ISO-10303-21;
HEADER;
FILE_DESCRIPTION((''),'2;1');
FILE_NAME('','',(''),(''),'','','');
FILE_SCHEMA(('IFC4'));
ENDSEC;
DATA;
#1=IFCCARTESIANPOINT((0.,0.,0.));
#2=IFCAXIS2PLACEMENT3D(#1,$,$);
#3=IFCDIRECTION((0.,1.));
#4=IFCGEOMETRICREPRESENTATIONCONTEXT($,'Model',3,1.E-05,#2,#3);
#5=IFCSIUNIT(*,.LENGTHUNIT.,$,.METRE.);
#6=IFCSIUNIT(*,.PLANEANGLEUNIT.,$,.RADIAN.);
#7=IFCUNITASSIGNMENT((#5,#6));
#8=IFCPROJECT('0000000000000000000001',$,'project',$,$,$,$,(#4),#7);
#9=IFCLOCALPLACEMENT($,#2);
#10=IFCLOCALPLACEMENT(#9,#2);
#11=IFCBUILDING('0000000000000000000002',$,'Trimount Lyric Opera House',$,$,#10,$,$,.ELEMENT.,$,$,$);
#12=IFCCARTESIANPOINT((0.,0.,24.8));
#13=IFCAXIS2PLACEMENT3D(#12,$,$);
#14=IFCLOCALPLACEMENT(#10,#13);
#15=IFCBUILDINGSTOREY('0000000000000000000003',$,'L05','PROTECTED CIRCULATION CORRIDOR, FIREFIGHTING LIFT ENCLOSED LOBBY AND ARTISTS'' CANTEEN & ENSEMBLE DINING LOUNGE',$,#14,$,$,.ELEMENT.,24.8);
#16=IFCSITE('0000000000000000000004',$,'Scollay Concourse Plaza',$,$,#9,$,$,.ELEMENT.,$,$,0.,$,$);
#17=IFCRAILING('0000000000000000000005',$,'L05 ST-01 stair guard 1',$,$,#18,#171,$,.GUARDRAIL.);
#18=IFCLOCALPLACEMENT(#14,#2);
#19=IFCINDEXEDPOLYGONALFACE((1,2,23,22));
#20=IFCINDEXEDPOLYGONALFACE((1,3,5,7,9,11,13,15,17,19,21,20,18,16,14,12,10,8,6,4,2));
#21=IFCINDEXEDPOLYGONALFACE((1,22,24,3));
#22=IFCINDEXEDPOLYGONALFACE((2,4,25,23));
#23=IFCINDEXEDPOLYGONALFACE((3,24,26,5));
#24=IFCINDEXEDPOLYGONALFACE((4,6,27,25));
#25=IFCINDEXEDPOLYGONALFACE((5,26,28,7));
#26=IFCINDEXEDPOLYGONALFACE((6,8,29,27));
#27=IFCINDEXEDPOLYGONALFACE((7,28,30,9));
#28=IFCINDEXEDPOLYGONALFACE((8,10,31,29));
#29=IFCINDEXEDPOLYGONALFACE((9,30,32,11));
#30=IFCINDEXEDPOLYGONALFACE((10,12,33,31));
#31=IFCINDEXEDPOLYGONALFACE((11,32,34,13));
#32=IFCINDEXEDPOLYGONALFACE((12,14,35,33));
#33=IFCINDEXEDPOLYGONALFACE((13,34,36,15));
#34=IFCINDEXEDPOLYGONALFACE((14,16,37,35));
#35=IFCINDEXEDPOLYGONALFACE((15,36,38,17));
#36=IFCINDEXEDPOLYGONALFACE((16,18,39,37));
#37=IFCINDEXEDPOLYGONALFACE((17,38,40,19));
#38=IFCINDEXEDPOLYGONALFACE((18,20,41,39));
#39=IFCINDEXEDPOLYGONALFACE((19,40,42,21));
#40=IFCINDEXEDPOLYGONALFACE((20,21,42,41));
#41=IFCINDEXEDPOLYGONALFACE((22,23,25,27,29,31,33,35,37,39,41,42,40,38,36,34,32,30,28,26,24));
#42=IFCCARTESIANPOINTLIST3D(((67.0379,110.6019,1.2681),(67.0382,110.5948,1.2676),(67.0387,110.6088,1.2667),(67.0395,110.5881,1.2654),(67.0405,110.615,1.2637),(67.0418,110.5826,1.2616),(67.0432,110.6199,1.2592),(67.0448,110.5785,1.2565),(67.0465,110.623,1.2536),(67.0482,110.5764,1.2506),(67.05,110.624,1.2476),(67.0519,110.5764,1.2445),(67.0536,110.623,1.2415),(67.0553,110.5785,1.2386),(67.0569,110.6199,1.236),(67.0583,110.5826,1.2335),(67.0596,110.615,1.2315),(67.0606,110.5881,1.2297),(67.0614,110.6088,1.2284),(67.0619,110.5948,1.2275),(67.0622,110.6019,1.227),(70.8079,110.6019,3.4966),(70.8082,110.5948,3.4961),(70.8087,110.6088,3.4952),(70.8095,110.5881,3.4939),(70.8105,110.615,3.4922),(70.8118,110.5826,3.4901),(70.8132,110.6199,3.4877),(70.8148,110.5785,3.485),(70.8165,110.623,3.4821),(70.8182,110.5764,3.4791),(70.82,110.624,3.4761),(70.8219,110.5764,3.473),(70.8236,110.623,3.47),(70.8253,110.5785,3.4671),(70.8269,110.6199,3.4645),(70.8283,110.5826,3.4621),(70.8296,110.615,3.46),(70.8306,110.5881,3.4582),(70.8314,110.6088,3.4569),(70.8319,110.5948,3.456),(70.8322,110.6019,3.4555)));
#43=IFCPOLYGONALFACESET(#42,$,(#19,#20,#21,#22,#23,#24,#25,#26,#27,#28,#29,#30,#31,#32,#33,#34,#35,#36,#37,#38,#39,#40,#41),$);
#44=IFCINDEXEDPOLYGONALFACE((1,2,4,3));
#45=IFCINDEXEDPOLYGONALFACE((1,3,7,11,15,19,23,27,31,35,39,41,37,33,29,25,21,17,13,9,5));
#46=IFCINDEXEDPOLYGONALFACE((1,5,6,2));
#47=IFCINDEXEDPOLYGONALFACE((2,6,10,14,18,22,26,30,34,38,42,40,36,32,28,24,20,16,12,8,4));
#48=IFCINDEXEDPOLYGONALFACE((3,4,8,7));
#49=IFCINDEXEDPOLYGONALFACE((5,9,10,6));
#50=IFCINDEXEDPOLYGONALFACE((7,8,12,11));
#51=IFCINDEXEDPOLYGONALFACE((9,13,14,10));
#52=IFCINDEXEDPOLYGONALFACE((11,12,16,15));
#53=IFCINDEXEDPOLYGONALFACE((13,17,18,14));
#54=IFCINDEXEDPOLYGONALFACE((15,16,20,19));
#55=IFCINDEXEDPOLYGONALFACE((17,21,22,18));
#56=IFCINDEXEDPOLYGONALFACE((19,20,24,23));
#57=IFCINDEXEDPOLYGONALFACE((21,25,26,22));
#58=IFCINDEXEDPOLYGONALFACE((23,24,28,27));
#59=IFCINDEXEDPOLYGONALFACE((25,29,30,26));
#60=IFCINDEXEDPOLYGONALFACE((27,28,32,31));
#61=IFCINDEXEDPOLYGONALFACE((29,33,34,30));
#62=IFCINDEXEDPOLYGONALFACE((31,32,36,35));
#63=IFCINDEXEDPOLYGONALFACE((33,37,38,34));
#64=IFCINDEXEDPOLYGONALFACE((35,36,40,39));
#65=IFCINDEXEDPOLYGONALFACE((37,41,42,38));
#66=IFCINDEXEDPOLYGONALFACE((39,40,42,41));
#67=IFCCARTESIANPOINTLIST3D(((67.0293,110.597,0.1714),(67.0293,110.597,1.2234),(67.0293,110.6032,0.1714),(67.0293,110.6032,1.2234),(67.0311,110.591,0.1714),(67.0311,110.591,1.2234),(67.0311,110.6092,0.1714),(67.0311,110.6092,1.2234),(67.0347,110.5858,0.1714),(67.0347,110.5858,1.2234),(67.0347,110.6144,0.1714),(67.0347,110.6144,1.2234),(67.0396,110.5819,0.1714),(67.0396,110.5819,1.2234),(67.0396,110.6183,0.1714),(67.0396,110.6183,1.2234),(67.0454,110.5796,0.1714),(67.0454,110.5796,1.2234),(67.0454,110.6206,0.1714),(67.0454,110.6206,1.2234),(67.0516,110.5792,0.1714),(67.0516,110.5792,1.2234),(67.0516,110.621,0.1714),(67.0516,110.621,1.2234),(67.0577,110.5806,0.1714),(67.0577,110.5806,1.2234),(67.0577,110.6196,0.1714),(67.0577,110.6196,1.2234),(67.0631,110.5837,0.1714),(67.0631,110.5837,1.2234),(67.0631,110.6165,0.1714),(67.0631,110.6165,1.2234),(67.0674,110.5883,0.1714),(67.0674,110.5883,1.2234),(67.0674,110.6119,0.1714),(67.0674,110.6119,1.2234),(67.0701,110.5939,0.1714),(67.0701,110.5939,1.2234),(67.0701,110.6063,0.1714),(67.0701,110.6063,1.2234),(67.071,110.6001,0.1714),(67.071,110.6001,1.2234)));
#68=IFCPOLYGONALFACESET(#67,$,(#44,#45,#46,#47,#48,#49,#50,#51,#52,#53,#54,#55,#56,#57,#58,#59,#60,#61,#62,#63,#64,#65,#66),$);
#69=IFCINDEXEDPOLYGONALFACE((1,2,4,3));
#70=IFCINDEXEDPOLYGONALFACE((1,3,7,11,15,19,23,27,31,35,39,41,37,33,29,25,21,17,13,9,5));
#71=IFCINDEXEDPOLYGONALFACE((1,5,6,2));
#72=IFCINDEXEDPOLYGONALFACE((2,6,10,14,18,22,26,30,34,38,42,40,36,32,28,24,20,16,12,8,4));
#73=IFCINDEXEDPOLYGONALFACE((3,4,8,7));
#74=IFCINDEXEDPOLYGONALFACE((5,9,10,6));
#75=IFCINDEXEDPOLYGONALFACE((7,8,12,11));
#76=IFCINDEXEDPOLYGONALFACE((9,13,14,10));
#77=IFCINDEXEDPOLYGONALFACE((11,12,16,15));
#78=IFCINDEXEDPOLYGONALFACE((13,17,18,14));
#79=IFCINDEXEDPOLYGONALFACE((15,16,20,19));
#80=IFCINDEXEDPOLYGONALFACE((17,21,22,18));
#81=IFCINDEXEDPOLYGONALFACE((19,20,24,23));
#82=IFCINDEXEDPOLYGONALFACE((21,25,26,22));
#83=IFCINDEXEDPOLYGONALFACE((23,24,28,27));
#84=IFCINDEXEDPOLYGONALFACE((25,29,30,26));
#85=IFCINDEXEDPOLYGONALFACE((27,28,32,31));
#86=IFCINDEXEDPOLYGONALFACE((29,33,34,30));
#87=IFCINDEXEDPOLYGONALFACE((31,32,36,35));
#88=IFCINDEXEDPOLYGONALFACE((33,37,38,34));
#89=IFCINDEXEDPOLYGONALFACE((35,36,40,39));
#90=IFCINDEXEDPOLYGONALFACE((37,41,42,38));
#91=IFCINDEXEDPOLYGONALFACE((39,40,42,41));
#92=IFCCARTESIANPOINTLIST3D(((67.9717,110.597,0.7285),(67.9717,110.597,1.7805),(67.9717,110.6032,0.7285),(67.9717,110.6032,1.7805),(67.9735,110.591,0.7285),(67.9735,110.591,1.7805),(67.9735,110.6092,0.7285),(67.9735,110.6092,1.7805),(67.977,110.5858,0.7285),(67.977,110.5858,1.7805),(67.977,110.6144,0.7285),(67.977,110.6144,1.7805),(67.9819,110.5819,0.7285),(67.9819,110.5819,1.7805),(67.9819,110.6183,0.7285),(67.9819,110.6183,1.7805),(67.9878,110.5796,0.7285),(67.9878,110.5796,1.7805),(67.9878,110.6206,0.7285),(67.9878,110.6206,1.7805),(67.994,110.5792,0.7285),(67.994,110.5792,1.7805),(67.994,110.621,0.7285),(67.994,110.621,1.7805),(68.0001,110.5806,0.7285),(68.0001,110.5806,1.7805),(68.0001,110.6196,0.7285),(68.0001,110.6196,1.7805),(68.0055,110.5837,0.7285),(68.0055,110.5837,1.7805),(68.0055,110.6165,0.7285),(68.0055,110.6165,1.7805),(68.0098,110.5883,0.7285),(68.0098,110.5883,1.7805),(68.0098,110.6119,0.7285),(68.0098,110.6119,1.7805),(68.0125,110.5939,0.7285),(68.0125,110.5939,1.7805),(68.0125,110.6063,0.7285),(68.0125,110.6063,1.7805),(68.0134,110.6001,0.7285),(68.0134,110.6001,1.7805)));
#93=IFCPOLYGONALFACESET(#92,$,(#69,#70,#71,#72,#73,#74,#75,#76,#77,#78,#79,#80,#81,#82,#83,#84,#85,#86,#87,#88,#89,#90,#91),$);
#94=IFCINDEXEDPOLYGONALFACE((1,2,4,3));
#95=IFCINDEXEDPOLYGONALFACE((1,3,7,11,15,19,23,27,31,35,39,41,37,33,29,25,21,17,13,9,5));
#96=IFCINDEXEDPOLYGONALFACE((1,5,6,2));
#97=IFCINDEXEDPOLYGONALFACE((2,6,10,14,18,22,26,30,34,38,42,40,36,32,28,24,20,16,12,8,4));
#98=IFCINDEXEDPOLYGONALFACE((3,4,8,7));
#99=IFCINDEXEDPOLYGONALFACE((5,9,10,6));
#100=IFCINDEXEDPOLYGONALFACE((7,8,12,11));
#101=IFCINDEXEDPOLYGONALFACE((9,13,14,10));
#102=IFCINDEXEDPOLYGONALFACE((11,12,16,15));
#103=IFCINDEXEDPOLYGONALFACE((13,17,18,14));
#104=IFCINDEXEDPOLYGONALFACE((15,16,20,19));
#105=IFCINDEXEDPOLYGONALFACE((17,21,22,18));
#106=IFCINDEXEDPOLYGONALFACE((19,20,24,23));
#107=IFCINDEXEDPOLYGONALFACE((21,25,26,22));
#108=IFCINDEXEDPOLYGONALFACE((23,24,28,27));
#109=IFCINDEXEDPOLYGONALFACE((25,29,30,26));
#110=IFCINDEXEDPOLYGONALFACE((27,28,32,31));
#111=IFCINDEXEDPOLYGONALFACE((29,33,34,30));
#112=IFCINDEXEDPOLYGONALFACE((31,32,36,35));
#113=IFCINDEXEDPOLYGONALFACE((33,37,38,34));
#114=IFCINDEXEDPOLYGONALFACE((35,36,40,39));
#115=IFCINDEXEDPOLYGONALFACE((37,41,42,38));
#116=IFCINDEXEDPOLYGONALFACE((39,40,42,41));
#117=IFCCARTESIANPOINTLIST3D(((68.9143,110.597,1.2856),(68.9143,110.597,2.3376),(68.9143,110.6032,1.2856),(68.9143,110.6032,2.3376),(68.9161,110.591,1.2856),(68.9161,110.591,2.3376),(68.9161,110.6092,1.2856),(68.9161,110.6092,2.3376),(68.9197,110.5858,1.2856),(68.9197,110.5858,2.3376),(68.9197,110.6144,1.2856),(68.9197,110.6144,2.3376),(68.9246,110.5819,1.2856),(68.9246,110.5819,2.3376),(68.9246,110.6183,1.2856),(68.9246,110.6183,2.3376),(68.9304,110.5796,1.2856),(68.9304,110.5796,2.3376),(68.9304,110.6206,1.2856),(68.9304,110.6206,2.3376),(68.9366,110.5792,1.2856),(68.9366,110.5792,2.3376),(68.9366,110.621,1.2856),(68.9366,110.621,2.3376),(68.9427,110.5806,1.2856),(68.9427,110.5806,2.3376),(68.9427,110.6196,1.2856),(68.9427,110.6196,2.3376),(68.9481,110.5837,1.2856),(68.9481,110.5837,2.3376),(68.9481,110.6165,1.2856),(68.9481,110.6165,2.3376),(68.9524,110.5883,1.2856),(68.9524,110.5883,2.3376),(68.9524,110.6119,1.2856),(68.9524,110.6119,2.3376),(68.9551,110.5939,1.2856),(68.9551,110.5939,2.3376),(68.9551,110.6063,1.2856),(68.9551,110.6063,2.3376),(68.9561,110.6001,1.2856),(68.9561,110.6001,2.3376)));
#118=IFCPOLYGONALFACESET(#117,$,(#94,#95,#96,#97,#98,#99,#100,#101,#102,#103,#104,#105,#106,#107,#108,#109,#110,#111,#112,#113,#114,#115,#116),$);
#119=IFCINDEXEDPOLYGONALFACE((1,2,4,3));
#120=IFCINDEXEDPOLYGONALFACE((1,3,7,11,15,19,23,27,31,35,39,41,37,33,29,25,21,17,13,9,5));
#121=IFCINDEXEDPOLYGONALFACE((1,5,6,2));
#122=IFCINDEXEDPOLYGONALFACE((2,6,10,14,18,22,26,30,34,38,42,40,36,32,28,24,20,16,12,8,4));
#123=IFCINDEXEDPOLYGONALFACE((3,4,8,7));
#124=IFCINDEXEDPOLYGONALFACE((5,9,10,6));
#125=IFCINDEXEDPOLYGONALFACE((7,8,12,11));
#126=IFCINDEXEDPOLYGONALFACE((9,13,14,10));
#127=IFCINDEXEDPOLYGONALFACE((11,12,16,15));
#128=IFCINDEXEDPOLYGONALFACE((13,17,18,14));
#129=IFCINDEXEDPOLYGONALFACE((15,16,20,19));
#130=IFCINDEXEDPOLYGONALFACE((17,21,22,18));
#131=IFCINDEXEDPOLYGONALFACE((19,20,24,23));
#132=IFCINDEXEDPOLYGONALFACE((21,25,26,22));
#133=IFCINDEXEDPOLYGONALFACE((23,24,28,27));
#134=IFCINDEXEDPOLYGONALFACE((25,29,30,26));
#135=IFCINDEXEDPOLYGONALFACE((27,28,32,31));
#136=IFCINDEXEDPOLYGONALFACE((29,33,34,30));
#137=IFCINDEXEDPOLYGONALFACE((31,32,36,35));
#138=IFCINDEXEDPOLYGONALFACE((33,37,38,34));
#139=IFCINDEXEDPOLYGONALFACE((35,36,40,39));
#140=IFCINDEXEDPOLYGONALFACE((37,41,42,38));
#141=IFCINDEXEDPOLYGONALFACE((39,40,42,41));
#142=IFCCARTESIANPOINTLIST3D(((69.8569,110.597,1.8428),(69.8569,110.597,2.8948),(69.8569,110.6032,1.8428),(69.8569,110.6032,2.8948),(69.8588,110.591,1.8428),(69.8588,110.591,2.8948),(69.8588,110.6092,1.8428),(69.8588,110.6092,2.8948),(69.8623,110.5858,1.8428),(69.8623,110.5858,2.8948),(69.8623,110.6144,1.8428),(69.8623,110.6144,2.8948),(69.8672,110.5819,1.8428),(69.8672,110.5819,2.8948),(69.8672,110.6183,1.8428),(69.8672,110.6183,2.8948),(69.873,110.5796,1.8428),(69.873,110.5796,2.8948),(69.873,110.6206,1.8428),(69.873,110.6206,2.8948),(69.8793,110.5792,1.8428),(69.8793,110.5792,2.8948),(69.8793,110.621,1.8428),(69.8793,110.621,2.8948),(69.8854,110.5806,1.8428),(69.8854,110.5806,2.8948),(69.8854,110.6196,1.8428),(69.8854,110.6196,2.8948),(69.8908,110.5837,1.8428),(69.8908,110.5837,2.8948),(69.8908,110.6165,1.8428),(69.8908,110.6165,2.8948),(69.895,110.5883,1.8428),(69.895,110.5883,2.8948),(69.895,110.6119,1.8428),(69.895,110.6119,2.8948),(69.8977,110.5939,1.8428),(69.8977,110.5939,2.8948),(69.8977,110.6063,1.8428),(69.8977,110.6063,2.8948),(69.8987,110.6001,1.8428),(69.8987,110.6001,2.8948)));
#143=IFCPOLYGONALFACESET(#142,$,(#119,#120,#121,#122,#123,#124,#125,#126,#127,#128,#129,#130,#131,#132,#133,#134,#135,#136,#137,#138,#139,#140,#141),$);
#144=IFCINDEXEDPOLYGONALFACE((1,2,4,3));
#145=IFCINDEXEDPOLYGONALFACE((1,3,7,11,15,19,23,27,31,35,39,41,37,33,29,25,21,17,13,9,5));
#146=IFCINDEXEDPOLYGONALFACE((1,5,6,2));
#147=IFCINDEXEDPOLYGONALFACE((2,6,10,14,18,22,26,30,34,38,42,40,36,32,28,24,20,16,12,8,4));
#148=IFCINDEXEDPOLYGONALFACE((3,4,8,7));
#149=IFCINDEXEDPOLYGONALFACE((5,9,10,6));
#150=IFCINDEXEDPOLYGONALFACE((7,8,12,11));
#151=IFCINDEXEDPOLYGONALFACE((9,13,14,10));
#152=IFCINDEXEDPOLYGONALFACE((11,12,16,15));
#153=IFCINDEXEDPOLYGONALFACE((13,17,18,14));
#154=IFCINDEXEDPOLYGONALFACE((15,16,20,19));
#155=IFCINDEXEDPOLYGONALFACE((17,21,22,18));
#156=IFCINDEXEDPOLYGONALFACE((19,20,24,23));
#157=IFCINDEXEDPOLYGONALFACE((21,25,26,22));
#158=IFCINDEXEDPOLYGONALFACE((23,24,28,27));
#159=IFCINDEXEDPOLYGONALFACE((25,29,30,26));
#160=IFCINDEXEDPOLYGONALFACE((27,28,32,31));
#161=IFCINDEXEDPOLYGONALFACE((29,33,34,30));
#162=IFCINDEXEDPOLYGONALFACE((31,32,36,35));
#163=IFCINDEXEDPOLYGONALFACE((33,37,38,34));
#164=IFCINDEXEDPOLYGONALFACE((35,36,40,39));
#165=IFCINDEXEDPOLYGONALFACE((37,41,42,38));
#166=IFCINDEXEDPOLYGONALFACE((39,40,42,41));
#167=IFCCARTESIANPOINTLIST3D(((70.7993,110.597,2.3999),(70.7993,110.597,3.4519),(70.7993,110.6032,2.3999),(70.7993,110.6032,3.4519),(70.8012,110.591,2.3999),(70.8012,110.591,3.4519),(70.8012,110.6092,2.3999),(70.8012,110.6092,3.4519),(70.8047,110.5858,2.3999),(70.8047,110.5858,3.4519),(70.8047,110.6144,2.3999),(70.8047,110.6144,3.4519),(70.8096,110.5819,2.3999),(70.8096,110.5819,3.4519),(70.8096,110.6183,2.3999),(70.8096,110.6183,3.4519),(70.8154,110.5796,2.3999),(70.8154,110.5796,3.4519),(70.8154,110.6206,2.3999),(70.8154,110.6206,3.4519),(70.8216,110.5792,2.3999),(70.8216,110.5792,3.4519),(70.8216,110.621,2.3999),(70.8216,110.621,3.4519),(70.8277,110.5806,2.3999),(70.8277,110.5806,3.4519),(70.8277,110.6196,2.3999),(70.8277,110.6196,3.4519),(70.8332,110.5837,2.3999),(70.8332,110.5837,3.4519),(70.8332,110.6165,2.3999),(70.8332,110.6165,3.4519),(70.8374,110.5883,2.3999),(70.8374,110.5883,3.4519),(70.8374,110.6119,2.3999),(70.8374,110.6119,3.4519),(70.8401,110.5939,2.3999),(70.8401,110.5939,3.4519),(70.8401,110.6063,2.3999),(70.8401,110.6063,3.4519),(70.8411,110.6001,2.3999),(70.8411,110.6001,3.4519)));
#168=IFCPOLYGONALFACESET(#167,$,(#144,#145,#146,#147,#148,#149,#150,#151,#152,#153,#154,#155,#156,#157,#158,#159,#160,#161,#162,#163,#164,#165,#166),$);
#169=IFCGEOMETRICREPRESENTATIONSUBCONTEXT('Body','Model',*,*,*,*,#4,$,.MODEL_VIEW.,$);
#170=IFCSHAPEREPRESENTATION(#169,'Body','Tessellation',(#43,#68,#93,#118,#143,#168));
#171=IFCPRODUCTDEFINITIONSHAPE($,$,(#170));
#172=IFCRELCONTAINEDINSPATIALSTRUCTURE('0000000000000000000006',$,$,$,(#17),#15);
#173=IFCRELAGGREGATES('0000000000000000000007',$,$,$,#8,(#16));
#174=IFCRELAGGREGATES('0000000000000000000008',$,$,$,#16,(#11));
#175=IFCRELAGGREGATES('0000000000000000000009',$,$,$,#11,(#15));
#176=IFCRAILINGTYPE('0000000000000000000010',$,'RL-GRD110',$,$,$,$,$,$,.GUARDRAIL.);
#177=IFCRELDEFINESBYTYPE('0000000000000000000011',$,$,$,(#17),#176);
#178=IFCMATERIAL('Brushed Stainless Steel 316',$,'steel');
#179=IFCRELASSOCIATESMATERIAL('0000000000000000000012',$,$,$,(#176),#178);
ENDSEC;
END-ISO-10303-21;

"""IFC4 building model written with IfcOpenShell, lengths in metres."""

from ifc_helpers import new_model, si_unit, direction, frame, origin, origin_2d, place, context, subcontext, project, spatial, circle, extrude, material, type_object, element, save


model = new_model("IFC4")

# Units and contexts
model_context = context("Model", 3, precision=1e-05, world=origin(), true_north=direction((0.0, 1.0)))
body_context = subcontext(model_context, "Body", "Model", "MODEL_VIEW")
ifc_project = project(units=[si_unit("LENGTHUNIT", "METRE"), si_unit("PLANEANGLEUNIT", "RADIAN")], contexts=[model_context])

# Site, building, storey
site_placement = place(None, origin())
site = spatial("IfcSite", under=ifc_project, at=site_placement, Name="Scollay Concourse Plaza", CompositionType="ELEMENT", RefElevation=0.0)
building_placement = place(site_placement, origin())
building = spatial("IfcBuilding", under=site, at=building_placement, Name="Trimount Lyric Opera House", CompositionType="ELEMENT")
storey_placement = place(building_placement, frame((0.0, 0.0, 24.8)))
storey = spatial("IfcBuildingStorey", under=building, at=storey_placement, Name="L05", Description="PROTECTED CIRCULATION CORRIDOR, FIREFIGHTING LIFT ENCLOSED LOBBY AND ARTISTS' CANTEEN & ENSEMBLE DINING LOUNGE", CompositionType="ELEMENT", Elevation=24.8)

# Railing
ifc_material_1 = material(Name="Brushed Stainless Steel 316", Category="steel")
railing_type_1 = type_object("IfcRailingType", Name="RL-GRD110", PredefinedType="GUARDRAIL", material=ifc_material_1)
railing_1_placement = place(storey_placement, frame((67.05, 110.6001, 0.1714)))
element("IfcRailing", 1, at=railing_1_placement, inside=storey, type_object=railing_type_1, Name="L05 ST-01 stair guard 1", PredefinedType="GUARDRAIL", context=body_context, shape_type="SweptSolid", body=[
    extrude(circle(Radius=0.0239, at=origin_2d()), frame((0.0, 0.0, 1.0762), z_axis=(0.860849, 0.0, 0.508861), x_axis=(0.0, 1.0, 0.0)), (0.0, 0.0, 1.0), 4.3794),
    extrude(circle(Radius=0.021, at=origin_2d()), origin(), (0.0, 0.0, 1.0), 1.052),
    extrude(circle(Radius=0.021, at=origin_2d()), frame((0.9424, 0.0, 0.5571)), (0.0, 0.0, 1.0), 1.052),
    extrude(circle(Radius=0.021, at=origin_2d()), frame((1.885, 0.0, 1.1143)), (0.0, 0.0, 1.0), 1.052),
    extrude(circle(Radius=0.021, at=origin_2d()), frame((2.8276, 0.0, 1.6714)), (0.0, 0.0, 1.0), 1.052),
    extrude(circle(Radius=0.021, at=origin_2d()), frame((3.77, 0.0, 2.2285)), (0.0, 0.0, 1.0), 1.052),
])

save(model, "model.ifc")
